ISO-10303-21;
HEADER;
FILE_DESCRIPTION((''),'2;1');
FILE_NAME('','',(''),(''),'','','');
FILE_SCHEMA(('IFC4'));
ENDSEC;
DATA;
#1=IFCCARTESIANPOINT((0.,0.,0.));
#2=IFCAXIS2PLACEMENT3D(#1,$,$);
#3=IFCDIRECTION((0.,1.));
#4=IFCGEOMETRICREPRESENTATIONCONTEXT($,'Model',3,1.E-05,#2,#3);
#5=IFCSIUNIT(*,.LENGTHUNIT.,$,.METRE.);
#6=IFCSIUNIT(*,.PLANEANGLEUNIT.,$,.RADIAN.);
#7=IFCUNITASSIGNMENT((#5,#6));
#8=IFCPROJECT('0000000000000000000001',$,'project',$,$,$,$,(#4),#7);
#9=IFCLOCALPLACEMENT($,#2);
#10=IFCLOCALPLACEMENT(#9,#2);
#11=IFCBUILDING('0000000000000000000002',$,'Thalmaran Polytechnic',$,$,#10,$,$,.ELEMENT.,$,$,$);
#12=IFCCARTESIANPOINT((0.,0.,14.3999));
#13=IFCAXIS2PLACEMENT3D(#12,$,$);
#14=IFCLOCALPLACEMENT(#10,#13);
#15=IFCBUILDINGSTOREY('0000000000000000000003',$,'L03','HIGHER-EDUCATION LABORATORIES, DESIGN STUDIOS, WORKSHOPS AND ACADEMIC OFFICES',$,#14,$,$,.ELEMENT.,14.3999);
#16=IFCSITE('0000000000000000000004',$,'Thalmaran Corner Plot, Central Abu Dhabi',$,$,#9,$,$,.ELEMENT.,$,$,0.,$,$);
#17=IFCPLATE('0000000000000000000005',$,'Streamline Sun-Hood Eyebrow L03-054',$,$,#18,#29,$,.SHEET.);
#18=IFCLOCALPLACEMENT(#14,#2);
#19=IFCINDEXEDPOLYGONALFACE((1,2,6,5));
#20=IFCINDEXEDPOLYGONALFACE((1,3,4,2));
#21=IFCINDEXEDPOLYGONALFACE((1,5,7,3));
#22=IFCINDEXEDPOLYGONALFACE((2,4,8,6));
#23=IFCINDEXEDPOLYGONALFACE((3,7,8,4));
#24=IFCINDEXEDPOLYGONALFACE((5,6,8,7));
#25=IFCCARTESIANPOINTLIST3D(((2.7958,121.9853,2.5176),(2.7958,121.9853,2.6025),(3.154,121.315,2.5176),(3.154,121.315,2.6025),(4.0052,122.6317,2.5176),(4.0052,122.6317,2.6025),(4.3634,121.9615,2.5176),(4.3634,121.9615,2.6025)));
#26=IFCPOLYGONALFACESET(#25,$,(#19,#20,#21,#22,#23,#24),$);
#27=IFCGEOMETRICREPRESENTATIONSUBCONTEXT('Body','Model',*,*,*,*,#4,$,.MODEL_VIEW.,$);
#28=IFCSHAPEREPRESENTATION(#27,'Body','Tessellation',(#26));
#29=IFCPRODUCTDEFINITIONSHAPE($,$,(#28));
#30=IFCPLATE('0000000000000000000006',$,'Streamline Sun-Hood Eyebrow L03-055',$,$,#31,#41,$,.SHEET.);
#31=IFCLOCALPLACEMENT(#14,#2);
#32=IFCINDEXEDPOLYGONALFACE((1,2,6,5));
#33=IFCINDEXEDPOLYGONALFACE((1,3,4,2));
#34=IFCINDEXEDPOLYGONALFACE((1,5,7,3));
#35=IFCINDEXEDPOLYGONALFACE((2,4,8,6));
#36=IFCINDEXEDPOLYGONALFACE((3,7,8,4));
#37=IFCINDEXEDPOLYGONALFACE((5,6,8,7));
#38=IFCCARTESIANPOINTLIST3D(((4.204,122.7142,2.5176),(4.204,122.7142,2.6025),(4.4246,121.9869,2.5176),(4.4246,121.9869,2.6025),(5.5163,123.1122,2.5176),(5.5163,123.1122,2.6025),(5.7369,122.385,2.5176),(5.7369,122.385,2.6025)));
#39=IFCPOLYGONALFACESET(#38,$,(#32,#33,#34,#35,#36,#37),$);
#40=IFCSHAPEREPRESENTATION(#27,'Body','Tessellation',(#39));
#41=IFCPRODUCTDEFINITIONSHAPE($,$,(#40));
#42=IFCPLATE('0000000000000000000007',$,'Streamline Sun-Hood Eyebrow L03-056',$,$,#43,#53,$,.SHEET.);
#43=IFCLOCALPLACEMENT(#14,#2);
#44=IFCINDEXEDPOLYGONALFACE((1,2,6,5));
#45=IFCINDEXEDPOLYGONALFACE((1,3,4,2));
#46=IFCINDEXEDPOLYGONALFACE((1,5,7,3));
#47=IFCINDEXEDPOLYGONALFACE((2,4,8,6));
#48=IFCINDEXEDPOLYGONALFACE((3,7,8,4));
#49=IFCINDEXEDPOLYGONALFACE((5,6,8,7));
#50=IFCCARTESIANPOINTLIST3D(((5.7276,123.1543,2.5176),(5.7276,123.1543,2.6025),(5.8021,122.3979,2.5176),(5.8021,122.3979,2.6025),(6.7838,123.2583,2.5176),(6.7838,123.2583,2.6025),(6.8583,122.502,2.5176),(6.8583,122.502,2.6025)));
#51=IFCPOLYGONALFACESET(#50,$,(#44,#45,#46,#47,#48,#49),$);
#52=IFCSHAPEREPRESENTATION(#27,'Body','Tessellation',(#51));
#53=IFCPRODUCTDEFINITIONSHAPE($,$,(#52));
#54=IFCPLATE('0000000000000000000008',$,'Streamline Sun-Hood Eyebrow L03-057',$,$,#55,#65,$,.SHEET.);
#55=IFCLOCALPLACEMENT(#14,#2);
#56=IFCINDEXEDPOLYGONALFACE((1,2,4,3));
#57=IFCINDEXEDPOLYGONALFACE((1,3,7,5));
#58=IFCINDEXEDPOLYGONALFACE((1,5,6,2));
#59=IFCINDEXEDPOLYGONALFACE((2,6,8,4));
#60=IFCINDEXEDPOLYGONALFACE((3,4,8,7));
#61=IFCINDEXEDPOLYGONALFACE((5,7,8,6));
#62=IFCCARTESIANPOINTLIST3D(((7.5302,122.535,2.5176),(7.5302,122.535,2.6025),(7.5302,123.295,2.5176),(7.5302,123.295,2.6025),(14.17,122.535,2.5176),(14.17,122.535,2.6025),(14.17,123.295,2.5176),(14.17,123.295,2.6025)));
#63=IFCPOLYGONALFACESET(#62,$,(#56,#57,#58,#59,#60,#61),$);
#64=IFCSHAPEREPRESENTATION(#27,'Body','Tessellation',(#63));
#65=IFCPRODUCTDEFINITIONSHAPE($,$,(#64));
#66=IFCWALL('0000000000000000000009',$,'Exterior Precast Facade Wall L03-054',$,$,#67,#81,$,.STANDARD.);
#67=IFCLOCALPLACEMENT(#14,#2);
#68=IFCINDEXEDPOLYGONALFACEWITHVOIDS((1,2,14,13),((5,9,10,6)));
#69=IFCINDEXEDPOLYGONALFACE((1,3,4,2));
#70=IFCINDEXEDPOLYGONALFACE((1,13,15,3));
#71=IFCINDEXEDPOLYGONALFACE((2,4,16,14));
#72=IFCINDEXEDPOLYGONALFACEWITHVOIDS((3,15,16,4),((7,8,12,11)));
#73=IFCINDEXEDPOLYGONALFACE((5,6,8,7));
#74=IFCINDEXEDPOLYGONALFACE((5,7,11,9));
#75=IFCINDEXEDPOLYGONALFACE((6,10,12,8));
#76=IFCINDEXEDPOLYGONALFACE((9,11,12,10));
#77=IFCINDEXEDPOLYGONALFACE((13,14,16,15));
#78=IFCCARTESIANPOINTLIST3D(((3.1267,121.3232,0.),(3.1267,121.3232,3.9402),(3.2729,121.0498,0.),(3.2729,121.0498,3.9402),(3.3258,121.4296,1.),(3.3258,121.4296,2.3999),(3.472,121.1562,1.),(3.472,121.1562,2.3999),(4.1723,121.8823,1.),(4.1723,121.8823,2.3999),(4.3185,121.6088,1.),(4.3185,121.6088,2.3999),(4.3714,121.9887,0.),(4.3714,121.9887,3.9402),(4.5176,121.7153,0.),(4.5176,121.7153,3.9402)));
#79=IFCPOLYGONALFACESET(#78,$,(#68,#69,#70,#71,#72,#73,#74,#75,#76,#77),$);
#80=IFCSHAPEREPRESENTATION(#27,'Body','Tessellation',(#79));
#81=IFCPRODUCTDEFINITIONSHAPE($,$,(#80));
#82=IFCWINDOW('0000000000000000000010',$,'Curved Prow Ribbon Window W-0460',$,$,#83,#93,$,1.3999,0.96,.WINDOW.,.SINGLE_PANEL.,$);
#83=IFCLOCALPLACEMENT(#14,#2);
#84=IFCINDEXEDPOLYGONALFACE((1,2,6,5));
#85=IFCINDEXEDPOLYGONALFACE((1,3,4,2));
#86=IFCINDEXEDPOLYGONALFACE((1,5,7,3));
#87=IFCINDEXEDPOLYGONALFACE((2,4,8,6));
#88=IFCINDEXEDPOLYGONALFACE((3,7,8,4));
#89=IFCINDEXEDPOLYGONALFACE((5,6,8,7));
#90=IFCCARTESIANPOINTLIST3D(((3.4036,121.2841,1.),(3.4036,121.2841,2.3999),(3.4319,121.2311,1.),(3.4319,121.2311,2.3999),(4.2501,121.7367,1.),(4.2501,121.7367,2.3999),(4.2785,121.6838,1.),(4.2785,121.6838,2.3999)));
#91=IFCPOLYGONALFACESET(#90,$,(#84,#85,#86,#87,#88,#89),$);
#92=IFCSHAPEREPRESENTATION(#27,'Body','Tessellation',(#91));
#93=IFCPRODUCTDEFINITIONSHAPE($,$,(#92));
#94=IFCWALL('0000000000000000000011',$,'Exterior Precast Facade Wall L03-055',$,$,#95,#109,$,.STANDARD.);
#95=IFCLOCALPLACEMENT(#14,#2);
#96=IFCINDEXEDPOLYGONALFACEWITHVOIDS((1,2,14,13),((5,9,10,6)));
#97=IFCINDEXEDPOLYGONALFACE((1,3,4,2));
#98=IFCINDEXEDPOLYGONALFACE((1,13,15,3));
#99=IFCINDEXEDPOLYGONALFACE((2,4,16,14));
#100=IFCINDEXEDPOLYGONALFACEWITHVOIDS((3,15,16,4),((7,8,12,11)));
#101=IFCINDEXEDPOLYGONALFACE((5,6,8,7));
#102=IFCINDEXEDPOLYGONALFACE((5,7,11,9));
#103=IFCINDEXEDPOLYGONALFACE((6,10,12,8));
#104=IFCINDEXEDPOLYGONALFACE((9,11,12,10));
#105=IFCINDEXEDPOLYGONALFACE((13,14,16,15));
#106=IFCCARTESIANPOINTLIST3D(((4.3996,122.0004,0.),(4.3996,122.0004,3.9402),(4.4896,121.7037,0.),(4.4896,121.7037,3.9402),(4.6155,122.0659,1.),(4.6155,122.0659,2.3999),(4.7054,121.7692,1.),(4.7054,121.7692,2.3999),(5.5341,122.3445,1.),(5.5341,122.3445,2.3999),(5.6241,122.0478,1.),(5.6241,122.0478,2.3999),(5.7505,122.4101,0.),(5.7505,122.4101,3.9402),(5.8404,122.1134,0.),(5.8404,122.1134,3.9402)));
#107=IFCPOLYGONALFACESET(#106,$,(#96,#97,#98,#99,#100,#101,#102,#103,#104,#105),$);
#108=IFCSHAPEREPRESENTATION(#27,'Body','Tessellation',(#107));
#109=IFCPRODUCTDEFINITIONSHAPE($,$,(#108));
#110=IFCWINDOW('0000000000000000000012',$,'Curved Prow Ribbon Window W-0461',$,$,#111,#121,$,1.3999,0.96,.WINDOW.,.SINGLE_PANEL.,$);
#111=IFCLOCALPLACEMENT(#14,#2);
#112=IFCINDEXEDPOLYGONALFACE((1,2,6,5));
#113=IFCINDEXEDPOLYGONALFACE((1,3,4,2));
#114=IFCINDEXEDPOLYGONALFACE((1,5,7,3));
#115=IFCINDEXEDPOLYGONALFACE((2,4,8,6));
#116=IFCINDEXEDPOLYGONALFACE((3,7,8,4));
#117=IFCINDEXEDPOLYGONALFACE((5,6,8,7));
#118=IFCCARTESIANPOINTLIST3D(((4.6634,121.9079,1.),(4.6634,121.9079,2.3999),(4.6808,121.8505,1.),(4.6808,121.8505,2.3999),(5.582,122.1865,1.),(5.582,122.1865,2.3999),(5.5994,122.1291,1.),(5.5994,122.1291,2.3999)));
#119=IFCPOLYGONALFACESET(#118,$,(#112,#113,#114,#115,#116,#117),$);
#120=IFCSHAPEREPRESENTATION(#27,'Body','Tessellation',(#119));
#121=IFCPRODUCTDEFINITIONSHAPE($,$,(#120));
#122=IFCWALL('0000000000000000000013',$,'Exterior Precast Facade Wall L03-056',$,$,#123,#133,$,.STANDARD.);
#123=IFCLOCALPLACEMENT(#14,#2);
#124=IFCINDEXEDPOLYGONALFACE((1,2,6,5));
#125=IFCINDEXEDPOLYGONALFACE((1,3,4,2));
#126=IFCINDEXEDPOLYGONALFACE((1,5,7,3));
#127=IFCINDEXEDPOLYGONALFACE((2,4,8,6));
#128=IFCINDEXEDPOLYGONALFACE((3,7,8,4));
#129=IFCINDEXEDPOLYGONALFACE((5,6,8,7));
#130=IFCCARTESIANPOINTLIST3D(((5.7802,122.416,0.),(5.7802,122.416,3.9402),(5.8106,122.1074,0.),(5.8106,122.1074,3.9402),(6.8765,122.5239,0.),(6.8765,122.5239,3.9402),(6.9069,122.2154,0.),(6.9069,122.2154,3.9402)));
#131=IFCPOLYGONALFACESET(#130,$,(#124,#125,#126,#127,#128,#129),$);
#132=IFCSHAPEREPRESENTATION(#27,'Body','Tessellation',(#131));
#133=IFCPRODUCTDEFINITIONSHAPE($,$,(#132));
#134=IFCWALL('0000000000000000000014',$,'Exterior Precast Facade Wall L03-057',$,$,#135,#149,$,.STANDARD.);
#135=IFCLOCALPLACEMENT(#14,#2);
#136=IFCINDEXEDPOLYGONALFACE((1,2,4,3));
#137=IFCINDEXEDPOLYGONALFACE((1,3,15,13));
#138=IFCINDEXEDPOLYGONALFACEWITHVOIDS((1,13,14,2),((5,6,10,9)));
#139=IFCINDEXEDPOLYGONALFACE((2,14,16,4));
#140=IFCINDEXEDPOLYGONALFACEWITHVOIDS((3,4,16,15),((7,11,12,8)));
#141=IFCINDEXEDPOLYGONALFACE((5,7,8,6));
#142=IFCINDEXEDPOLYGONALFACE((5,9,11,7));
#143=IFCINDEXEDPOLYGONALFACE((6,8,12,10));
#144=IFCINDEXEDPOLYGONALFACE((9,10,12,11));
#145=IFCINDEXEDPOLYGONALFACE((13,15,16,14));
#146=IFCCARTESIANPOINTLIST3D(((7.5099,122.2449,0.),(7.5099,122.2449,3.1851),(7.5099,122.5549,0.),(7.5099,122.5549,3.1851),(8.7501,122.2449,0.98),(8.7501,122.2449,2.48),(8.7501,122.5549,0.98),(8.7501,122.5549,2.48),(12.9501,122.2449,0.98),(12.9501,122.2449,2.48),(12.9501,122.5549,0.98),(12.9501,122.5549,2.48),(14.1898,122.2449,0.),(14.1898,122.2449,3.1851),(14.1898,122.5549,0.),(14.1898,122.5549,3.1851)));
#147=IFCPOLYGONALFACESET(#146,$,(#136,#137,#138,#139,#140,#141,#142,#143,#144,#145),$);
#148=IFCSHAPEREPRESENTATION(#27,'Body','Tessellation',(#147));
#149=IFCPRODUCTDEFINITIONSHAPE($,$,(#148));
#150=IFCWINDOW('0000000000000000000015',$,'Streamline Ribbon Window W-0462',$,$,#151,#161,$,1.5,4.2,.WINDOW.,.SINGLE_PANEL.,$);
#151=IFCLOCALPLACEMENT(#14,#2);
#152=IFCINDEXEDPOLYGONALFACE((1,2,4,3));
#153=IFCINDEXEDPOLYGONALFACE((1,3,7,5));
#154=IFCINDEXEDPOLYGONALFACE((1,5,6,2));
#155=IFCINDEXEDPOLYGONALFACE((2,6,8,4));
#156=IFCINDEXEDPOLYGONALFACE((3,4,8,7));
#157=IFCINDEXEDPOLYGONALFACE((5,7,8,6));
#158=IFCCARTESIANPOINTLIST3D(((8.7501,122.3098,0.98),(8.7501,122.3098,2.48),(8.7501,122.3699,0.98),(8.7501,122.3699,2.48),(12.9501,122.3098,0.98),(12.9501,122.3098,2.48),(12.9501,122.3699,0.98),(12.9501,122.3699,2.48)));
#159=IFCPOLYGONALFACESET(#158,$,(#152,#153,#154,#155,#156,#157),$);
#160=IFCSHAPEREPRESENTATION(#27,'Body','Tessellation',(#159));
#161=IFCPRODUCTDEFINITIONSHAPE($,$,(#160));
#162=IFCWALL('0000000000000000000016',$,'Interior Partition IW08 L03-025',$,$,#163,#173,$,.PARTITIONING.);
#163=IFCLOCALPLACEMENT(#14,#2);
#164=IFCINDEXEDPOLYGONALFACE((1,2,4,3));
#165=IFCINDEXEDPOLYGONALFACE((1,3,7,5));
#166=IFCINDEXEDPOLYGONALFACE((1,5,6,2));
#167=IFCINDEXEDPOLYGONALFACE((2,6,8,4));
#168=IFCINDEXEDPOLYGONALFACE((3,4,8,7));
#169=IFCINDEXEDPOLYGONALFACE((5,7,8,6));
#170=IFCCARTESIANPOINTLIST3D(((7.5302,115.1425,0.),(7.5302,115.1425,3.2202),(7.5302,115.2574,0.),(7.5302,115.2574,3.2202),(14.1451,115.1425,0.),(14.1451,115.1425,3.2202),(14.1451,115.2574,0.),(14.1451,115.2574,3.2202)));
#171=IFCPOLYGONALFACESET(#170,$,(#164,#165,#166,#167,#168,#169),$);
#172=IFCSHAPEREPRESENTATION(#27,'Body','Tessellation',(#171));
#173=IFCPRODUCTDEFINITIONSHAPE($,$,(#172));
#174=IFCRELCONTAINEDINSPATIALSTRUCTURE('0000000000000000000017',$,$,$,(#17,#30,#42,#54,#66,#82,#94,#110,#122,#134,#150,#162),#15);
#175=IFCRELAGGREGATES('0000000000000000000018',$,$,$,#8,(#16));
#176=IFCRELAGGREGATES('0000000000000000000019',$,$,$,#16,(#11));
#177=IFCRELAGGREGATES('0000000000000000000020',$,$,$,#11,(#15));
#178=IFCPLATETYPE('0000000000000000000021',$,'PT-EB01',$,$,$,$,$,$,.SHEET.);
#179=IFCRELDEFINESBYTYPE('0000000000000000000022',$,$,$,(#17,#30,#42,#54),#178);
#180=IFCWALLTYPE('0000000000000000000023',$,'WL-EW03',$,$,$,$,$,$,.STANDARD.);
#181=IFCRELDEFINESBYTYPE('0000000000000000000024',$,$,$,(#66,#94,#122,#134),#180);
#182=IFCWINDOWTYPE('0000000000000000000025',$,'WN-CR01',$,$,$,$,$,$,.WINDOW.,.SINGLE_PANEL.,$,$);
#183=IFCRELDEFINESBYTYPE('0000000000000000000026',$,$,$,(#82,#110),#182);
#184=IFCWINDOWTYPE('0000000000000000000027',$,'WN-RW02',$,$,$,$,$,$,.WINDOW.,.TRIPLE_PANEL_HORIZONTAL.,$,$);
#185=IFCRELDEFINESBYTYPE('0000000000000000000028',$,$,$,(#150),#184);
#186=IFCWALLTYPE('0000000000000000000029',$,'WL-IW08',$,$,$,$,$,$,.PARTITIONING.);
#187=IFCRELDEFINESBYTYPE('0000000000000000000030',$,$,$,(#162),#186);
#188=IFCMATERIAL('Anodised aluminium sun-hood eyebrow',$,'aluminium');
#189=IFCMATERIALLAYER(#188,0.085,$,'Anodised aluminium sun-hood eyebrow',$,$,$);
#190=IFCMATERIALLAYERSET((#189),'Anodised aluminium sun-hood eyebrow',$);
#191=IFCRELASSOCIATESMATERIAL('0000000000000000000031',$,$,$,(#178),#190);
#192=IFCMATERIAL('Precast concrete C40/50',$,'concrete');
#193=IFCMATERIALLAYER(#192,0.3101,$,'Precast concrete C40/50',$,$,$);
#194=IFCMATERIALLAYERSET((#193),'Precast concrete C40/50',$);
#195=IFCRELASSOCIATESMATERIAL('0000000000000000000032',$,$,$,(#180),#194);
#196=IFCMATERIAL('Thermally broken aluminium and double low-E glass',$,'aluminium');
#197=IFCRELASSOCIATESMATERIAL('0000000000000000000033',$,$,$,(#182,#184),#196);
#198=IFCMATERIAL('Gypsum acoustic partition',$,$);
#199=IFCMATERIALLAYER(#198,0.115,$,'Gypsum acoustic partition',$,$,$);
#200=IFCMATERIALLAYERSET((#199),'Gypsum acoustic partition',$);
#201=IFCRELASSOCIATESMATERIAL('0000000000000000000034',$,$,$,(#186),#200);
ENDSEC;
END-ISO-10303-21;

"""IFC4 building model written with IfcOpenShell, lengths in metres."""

from ifc_helpers import new_model, si_unit, direction, frame, frame_2d, origin, origin_2d, place, context, subcontext, project, spatial, rectangle, extrude, material, layer, layer_set, type_object, element, fill, save


model = new_model("IFC4")

# Units and contexts
model_context = context("Model", 3, precision=1e-05, world=origin(), true_north=direction((0.0, 1.0)))
body_context = subcontext(model_context, "Body", "Model", "MODEL_VIEW")
ifc_project = project(units=[si_unit("LENGTHUNIT", "METRE"), si_unit("PLANEANGLEUNIT", "RADIAN")], contexts=[model_context])

# Site, building, storey
site_placement = place(None, origin())
site = spatial("IfcSite", under=ifc_project, at=site_placement, Name="Thalmaran Corner Plot, Central Abu Dhabi", CompositionType="ELEMENT", RefElevation=0.0)
building_placement = place(site_placement, origin())
building = spatial("IfcBuilding", under=site, at=building_placement, Name="Thalmaran Polytechnic", CompositionType="ELEMENT")
storey_placement = place(building_placement, frame((0.0, 0.0, 14.3999)))
storey = spatial("IfcBuildingStorey", under=building, at=storey_placement, Name="L03", Description="HIGHER-EDUCATION LABORATORIES, DESIGN STUDIOS, WORKSHOPS AND ACADEMIC OFFICES", CompositionType="ELEMENT", Elevation=14.3999)

# Plates
ifc_material_1 = material(Name="Anodised aluminium sun-hood eyebrow", Category="aluminium")
ifc_layer_1 = layer(ifc_material_1, 0.085, Name="Anodised aluminium sun-hood eyebrow")
ifc_layer_set_1 = layer_set([ifc_layer_1], Name="Anodised aluminium sun-hood eyebrow")
plate_type_1 = type_object("IfcPlateType", Name="PT-EB01", PredefinedType="SHEET", material=ifc_layer_set_1)
for number, where, z_axis, x_axis, name in (
    (1, (3.5796, 121.9734, 2.5176), (0.0, 0.0, 1.0), (0.881921, 0.471397, 0.0), "Streamline Sun-Hood Eyebrow L03-054"),
    (2, (4.9705, 122.5496, 2.5176), (0.0, 0.0, 1.0), (0.95694, 0.290285, 0.0), "Streamline Sun-Hood Eyebrow L03-055"),
):
    element("IfcPlate", number, at=place(storey_placement, frame(where, z_axis=z_axis, x_axis=x_axis)), inside=storey, type_object=plate_type_1, Name=name, PredefinedType="SHEET", context=body_context, shape_type="SweptSolid", body=[
        extrude(rectangle(XDim=1.3713, YDim=0.76, at=origin_2d()), origin(), (0.0, 0.0, 1.0), 0.085),
    ])
plate_1_placement = place(storey_placement, frame((6.293, 122.8281, 2.5176), z_axis=(0.0, 0.0, 1.0), x_axis=(0.995185, 0.098017, 0.0)))
element("IfcPlate", 3, at=plate_1_placement, inside=storey, type_object=plate_type_1, Name="Streamline Sun-Hood Eyebrow L03-056", PredefinedType="SHEET", context=body_context, shape_type="SweptSolid", body=[
    extrude(rectangle(XDim=1.0613, YDim=0.76, at=origin_2d()), origin(), (0.0, 0.0, 1.0), 0.085),
])
plate_2_placement = place(storey_placement, frame((10.8501, 122.915, 2.5176), z_axis=(0.0, 0.0, 1.0), x_axis=(1.0, 0.0, 0.0)))
element("IfcPlate", 4, at=plate_2_placement, inside=storey, type_object=plate_type_1, Name="Streamline Sun-Hood Eyebrow L03-057", PredefinedType="SHEET", context=body_context, shape_type="SweptSolid", body=[
    extrude(rectangle(XDim=6.6399, YDim=0.76, at=origin_2d()), origin(), (0.0, 0.0, 1.0), 0.085),
])

# Walls, openings, windows
ifc_material_2 = material(Name="Precast concrete C40/50", Category="concrete")
ifc_layer_2 = layer(ifc_material_2, 0.3101, Name="Precast concrete C40/50")
ifc_layer_set_2 = layer_set([ifc_layer_2], Name="Precast concrete C40/50")
wall_type_1 = type_object("IfcWallType", Name="WL-EW03", PredefinedType="STANDARD", material=ifc_layer_set_2)
wall_1_placement = place(storey_placement, frame((3.2, 121.1865, 0.0), z_axis=(0.0, 0.0, 1.0), x_axis=(0.881845, 0.47154, 0.0)))
wall_1 = element("IfcWall", 5, at=wall_1_placement, inside=storey, type_object=wall_type_1, Name="Exterior Precast Facade Wall L03-054", PredefinedType="STANDARD", context=body_context, shape_type="SweptSolid", body=[
    extrude(rectangle(XDim=1.4114, YDim=0.3101, at=frame_2d((0.7056, 0.0))), origin(), (0.0, 0.0, 1.0), 3.9402),
])
opening_1_placement = place(wall_1_placement, frame((0.2256, 0.0, 1.0)))
opening_1 = element("IfcOpeningElement", 6, at=opening_1_placement, cuts=wall_1, PredefinedType="OPENING", context=body_context, shape_type="SweptSolid", body=[
    extrude(rectangle(XDim=0.96, YDim=1.3999, at=frame_2d((0.48, 0.7))), frame((0.0, 0.165, 0.0), z_axis=(0.0, -1.0, 0.0), x_axis=(1.0, 0.0, 0.0)), (0.0, 0.0, 1.0), 0.3301),
])
ifc_material_3 = material(Name="Thermally broken aluminium and double low-E glass", Category="aluminium")
window_type_1 = type_object("IfcWindowType", Name="WN-CR01", PartitioningType="SINGLE_PANEL", PredefinedType="WINDOW", material=ifc_material_3)
window_1_placement = place(opening_1_placement, origin())
window_1 = element("IfcWindow", 7, at=window_1_placement, inside=storey, type_object=window_type_1, Name="Curved Prow Ribbon Window W-0460", OverallHeight=1.3999, OverallWidth=0.96, PartitioningType="SINGLE_PANEL", PredefinedType="WINDOW", context=body_context, shape_type="SweptSolid", body=[
    extrude(rectangle(XDim=0.96, YDim=1.3999, at=frame_2d((0.48, 0.7))), frame((0.0, -0.01, 0.0), z_axis=(0.0, -1.0, 0.0), x_axis=(1.0, 0.0, 0.0)), (0.0, 0.0, 1.0), 0.0601),
])
fill(opening_1, window_1)
wall_2_placement = place(storey_placement, frame((4.4446, 121.8521, 0.0), z_axis=(0.0, 0.0, 1.0), x_axis=(0.95696, 0.290219, 0.0)))
wall_2 = element("IfcWall", 8, at=wall_2_placement, inside=storey, type_object=wall_type_1, Name="Exterior Precast Facade Wall L03-055", PredefinedType="STANDARD", context=body_context, shape_type="SweptSolid", body=[
    extrude(rectangle(XDim=1.4116, YDim=0.3101, at=frame_2d((0.7058, 0.0))), origin(), (0.0, 0.0, 1.0), 3.9402),
])
opening_2_placement = place(wall_2_placement, frame((0.2256, 0.0, 1.0)))
opening_2 = element("IfcOpeningElement", 9, at=opening_2_placement, cuts=wall_2, PredefinedType="OPENING", context=body_context, shape_type="SweptSolid", body=[
    extrude(rectangle(XDim=0.96, YDim=1.3999, at=frame_2d((0.48, 0.7))), frame((0.0, 0.165, 0.0), z_axis=(0.0, -1.0, 0.0), x_axis=(1.0, 0.0, 0.0)), (0.0, 0.0, 1.0), 0.3301),
])
window_2_placement = place(opening_2_placement, origin())
window_2 = element("IfcWindow", 10, at=window_2_placement, inside=storey, type_object=window_type_1, Name="Curved Prow Ribbon Window W-0461", OverallHeight=1.3999, OverallWidth=0.96, PartitioningType="SINGLE_PANEL", PredefinedType="WINDOW", context=body_context, shape_type="SweptSolid", body=[
    extrude(rectangle(XDim=0.96, YDim=1.3999, at=frame_2d((0.48, 0.7))), frame((0.0, -0.01, 0.0), z_axis=(0.0, -1.0, 0.0), x_axis=(1.0, 0.0, 0.0)), (0.0, 0.0, 1.0), 0.0601),
])
fill(opening_2, window_2)

# Wall
wall_3_placement = place(storey_placement, frame((5.7954, 122.2617, 0.0), z_axis=(0.0, 0.0, 1.0), x_axis=(0.99519, 0.097967, 0.0)))
element("IfcWall", 11, at=wall_3_placement, inside=storey, type_object=wall_type_1, Name="Exterior Precast Facade Wall L03-056", PredefinedType="STANDARD", context=body_context, shape_type="SweptSolid", body=[
    extrude(rectangle(XDim=1.1016, YDim=0.3101, at=frame_2d((0.5508, 0.0))), origin(), (0.0, 0.0, 1.0), 3.9402),
])

# Wall, opening, window
wall_4_placement = place(storey_placement, frame((7.51, 122.3999, 0.0), z_axis=(0.0, 0.0, 1.0), x_axis=(1.0, 0.0, 0.0)))
wall_4 = element("IfcWall", 12, at=wall_4_placement, inside=storey, type_object=wall_type_1, Name="Exterior Precast Facade Wall L03-057", PredefinedType="STANDARD", context=body_context, shape_type="SweptSolid", body=[
    extrude(rectangle(XDim=6.6799, YDim=0.3101, at=frame_2d((3.3398, 0.0))), origin(), (0.0, 0.0, 1.0), 3.1851),
])
opening_3_placement = place(wall_4_placement, frame((1.24, 0.0, 0.98)))
opening_3 = element("IfcOpeningElement", 13, at=opening_3_placement, cuts=wall_4, PredefinedType="OPENING", context=body_context, shape_type="SweptSolid", body=[
    extrude(rectangle(XDim=4.2, YDim=1.5, at=frame_2d((2.1001, 0.75))), frame((0.0, 0.165, 0.0), z_axis=(0.0, -1.0, 0.0), x_axis=(1.0, 0.0, 0.0)), (0.0, 0.0, 1.0), 0.3301),
])
window_type_2 = type_object("IfcWindowType", Name="WN-RW02", PartitioningType="TRIPLE_PANEL_HORIZONTAL", PredefinedType="WINDOW", material=ifc_material_3)
window_3_placement = place(opening_3_placement, origin())
window_3 = element("IfcWindow", 14, at=window_3_placement, inside=storey, type_object=window_type_2, Name="Streamline Ribbon Window W-0462", OverallHeight=1.5, OverallWidth=4.2, PartitioningType="SINGLE_PANEL", PredefinedType="WINDOW", context=body_context, shape_type="SweptSolid", body=[
    extrude(rectangle(XDim=4.2, YDim=1.5, at=frame_2d((2.1001, 0.75))), frame((0.0, -0.03, 0.0), z_axis=(0.0, -1.0, 0.0), x_axis=(1.0, 0.0, 0.0)), (0.0, 0.0, 1.0), 0.0601),
])
fill(opening_3, window_3)

# Wall
ifc_material_4 = material(Name="Gypsum acoustic partition")
ifc_layer_3 = layer(ifc_material_4, 0.115, Name="Gypsum acoustic partition")
ifc_layer_set_3 = layer_set([ifc_layer_3], Name="Gypsum acoustic partition")
wall_type_2 = type_object("IfcWallType", Name="WL-IW08", PredefinedType="PARTITIONING", material=ifc_layer_set_3)
wall_5_placement = place(storey_placement, frame((7.53, 115.2, 0.0), z_axis=(0.0, 0.0, 1.0), x_axis=(1.0, 0.0, 0.0)))
element("IfcWall", 15, at=wall_5_placement, inside=storey, type_object=wall_type_2, Name="Interior Partition IW08 L03-025", PredefinedType="PARTITIONING", context=body_context, shape_type="SweptSolid", body=[
    extrude(rectangle(XDim=6.615, YDim=0.115, at=frame_2d((3.3076, 0.0))), origin(), (0.0, 0.0, 1.0), 3.2202),
])

save(model, "model.ifc")
